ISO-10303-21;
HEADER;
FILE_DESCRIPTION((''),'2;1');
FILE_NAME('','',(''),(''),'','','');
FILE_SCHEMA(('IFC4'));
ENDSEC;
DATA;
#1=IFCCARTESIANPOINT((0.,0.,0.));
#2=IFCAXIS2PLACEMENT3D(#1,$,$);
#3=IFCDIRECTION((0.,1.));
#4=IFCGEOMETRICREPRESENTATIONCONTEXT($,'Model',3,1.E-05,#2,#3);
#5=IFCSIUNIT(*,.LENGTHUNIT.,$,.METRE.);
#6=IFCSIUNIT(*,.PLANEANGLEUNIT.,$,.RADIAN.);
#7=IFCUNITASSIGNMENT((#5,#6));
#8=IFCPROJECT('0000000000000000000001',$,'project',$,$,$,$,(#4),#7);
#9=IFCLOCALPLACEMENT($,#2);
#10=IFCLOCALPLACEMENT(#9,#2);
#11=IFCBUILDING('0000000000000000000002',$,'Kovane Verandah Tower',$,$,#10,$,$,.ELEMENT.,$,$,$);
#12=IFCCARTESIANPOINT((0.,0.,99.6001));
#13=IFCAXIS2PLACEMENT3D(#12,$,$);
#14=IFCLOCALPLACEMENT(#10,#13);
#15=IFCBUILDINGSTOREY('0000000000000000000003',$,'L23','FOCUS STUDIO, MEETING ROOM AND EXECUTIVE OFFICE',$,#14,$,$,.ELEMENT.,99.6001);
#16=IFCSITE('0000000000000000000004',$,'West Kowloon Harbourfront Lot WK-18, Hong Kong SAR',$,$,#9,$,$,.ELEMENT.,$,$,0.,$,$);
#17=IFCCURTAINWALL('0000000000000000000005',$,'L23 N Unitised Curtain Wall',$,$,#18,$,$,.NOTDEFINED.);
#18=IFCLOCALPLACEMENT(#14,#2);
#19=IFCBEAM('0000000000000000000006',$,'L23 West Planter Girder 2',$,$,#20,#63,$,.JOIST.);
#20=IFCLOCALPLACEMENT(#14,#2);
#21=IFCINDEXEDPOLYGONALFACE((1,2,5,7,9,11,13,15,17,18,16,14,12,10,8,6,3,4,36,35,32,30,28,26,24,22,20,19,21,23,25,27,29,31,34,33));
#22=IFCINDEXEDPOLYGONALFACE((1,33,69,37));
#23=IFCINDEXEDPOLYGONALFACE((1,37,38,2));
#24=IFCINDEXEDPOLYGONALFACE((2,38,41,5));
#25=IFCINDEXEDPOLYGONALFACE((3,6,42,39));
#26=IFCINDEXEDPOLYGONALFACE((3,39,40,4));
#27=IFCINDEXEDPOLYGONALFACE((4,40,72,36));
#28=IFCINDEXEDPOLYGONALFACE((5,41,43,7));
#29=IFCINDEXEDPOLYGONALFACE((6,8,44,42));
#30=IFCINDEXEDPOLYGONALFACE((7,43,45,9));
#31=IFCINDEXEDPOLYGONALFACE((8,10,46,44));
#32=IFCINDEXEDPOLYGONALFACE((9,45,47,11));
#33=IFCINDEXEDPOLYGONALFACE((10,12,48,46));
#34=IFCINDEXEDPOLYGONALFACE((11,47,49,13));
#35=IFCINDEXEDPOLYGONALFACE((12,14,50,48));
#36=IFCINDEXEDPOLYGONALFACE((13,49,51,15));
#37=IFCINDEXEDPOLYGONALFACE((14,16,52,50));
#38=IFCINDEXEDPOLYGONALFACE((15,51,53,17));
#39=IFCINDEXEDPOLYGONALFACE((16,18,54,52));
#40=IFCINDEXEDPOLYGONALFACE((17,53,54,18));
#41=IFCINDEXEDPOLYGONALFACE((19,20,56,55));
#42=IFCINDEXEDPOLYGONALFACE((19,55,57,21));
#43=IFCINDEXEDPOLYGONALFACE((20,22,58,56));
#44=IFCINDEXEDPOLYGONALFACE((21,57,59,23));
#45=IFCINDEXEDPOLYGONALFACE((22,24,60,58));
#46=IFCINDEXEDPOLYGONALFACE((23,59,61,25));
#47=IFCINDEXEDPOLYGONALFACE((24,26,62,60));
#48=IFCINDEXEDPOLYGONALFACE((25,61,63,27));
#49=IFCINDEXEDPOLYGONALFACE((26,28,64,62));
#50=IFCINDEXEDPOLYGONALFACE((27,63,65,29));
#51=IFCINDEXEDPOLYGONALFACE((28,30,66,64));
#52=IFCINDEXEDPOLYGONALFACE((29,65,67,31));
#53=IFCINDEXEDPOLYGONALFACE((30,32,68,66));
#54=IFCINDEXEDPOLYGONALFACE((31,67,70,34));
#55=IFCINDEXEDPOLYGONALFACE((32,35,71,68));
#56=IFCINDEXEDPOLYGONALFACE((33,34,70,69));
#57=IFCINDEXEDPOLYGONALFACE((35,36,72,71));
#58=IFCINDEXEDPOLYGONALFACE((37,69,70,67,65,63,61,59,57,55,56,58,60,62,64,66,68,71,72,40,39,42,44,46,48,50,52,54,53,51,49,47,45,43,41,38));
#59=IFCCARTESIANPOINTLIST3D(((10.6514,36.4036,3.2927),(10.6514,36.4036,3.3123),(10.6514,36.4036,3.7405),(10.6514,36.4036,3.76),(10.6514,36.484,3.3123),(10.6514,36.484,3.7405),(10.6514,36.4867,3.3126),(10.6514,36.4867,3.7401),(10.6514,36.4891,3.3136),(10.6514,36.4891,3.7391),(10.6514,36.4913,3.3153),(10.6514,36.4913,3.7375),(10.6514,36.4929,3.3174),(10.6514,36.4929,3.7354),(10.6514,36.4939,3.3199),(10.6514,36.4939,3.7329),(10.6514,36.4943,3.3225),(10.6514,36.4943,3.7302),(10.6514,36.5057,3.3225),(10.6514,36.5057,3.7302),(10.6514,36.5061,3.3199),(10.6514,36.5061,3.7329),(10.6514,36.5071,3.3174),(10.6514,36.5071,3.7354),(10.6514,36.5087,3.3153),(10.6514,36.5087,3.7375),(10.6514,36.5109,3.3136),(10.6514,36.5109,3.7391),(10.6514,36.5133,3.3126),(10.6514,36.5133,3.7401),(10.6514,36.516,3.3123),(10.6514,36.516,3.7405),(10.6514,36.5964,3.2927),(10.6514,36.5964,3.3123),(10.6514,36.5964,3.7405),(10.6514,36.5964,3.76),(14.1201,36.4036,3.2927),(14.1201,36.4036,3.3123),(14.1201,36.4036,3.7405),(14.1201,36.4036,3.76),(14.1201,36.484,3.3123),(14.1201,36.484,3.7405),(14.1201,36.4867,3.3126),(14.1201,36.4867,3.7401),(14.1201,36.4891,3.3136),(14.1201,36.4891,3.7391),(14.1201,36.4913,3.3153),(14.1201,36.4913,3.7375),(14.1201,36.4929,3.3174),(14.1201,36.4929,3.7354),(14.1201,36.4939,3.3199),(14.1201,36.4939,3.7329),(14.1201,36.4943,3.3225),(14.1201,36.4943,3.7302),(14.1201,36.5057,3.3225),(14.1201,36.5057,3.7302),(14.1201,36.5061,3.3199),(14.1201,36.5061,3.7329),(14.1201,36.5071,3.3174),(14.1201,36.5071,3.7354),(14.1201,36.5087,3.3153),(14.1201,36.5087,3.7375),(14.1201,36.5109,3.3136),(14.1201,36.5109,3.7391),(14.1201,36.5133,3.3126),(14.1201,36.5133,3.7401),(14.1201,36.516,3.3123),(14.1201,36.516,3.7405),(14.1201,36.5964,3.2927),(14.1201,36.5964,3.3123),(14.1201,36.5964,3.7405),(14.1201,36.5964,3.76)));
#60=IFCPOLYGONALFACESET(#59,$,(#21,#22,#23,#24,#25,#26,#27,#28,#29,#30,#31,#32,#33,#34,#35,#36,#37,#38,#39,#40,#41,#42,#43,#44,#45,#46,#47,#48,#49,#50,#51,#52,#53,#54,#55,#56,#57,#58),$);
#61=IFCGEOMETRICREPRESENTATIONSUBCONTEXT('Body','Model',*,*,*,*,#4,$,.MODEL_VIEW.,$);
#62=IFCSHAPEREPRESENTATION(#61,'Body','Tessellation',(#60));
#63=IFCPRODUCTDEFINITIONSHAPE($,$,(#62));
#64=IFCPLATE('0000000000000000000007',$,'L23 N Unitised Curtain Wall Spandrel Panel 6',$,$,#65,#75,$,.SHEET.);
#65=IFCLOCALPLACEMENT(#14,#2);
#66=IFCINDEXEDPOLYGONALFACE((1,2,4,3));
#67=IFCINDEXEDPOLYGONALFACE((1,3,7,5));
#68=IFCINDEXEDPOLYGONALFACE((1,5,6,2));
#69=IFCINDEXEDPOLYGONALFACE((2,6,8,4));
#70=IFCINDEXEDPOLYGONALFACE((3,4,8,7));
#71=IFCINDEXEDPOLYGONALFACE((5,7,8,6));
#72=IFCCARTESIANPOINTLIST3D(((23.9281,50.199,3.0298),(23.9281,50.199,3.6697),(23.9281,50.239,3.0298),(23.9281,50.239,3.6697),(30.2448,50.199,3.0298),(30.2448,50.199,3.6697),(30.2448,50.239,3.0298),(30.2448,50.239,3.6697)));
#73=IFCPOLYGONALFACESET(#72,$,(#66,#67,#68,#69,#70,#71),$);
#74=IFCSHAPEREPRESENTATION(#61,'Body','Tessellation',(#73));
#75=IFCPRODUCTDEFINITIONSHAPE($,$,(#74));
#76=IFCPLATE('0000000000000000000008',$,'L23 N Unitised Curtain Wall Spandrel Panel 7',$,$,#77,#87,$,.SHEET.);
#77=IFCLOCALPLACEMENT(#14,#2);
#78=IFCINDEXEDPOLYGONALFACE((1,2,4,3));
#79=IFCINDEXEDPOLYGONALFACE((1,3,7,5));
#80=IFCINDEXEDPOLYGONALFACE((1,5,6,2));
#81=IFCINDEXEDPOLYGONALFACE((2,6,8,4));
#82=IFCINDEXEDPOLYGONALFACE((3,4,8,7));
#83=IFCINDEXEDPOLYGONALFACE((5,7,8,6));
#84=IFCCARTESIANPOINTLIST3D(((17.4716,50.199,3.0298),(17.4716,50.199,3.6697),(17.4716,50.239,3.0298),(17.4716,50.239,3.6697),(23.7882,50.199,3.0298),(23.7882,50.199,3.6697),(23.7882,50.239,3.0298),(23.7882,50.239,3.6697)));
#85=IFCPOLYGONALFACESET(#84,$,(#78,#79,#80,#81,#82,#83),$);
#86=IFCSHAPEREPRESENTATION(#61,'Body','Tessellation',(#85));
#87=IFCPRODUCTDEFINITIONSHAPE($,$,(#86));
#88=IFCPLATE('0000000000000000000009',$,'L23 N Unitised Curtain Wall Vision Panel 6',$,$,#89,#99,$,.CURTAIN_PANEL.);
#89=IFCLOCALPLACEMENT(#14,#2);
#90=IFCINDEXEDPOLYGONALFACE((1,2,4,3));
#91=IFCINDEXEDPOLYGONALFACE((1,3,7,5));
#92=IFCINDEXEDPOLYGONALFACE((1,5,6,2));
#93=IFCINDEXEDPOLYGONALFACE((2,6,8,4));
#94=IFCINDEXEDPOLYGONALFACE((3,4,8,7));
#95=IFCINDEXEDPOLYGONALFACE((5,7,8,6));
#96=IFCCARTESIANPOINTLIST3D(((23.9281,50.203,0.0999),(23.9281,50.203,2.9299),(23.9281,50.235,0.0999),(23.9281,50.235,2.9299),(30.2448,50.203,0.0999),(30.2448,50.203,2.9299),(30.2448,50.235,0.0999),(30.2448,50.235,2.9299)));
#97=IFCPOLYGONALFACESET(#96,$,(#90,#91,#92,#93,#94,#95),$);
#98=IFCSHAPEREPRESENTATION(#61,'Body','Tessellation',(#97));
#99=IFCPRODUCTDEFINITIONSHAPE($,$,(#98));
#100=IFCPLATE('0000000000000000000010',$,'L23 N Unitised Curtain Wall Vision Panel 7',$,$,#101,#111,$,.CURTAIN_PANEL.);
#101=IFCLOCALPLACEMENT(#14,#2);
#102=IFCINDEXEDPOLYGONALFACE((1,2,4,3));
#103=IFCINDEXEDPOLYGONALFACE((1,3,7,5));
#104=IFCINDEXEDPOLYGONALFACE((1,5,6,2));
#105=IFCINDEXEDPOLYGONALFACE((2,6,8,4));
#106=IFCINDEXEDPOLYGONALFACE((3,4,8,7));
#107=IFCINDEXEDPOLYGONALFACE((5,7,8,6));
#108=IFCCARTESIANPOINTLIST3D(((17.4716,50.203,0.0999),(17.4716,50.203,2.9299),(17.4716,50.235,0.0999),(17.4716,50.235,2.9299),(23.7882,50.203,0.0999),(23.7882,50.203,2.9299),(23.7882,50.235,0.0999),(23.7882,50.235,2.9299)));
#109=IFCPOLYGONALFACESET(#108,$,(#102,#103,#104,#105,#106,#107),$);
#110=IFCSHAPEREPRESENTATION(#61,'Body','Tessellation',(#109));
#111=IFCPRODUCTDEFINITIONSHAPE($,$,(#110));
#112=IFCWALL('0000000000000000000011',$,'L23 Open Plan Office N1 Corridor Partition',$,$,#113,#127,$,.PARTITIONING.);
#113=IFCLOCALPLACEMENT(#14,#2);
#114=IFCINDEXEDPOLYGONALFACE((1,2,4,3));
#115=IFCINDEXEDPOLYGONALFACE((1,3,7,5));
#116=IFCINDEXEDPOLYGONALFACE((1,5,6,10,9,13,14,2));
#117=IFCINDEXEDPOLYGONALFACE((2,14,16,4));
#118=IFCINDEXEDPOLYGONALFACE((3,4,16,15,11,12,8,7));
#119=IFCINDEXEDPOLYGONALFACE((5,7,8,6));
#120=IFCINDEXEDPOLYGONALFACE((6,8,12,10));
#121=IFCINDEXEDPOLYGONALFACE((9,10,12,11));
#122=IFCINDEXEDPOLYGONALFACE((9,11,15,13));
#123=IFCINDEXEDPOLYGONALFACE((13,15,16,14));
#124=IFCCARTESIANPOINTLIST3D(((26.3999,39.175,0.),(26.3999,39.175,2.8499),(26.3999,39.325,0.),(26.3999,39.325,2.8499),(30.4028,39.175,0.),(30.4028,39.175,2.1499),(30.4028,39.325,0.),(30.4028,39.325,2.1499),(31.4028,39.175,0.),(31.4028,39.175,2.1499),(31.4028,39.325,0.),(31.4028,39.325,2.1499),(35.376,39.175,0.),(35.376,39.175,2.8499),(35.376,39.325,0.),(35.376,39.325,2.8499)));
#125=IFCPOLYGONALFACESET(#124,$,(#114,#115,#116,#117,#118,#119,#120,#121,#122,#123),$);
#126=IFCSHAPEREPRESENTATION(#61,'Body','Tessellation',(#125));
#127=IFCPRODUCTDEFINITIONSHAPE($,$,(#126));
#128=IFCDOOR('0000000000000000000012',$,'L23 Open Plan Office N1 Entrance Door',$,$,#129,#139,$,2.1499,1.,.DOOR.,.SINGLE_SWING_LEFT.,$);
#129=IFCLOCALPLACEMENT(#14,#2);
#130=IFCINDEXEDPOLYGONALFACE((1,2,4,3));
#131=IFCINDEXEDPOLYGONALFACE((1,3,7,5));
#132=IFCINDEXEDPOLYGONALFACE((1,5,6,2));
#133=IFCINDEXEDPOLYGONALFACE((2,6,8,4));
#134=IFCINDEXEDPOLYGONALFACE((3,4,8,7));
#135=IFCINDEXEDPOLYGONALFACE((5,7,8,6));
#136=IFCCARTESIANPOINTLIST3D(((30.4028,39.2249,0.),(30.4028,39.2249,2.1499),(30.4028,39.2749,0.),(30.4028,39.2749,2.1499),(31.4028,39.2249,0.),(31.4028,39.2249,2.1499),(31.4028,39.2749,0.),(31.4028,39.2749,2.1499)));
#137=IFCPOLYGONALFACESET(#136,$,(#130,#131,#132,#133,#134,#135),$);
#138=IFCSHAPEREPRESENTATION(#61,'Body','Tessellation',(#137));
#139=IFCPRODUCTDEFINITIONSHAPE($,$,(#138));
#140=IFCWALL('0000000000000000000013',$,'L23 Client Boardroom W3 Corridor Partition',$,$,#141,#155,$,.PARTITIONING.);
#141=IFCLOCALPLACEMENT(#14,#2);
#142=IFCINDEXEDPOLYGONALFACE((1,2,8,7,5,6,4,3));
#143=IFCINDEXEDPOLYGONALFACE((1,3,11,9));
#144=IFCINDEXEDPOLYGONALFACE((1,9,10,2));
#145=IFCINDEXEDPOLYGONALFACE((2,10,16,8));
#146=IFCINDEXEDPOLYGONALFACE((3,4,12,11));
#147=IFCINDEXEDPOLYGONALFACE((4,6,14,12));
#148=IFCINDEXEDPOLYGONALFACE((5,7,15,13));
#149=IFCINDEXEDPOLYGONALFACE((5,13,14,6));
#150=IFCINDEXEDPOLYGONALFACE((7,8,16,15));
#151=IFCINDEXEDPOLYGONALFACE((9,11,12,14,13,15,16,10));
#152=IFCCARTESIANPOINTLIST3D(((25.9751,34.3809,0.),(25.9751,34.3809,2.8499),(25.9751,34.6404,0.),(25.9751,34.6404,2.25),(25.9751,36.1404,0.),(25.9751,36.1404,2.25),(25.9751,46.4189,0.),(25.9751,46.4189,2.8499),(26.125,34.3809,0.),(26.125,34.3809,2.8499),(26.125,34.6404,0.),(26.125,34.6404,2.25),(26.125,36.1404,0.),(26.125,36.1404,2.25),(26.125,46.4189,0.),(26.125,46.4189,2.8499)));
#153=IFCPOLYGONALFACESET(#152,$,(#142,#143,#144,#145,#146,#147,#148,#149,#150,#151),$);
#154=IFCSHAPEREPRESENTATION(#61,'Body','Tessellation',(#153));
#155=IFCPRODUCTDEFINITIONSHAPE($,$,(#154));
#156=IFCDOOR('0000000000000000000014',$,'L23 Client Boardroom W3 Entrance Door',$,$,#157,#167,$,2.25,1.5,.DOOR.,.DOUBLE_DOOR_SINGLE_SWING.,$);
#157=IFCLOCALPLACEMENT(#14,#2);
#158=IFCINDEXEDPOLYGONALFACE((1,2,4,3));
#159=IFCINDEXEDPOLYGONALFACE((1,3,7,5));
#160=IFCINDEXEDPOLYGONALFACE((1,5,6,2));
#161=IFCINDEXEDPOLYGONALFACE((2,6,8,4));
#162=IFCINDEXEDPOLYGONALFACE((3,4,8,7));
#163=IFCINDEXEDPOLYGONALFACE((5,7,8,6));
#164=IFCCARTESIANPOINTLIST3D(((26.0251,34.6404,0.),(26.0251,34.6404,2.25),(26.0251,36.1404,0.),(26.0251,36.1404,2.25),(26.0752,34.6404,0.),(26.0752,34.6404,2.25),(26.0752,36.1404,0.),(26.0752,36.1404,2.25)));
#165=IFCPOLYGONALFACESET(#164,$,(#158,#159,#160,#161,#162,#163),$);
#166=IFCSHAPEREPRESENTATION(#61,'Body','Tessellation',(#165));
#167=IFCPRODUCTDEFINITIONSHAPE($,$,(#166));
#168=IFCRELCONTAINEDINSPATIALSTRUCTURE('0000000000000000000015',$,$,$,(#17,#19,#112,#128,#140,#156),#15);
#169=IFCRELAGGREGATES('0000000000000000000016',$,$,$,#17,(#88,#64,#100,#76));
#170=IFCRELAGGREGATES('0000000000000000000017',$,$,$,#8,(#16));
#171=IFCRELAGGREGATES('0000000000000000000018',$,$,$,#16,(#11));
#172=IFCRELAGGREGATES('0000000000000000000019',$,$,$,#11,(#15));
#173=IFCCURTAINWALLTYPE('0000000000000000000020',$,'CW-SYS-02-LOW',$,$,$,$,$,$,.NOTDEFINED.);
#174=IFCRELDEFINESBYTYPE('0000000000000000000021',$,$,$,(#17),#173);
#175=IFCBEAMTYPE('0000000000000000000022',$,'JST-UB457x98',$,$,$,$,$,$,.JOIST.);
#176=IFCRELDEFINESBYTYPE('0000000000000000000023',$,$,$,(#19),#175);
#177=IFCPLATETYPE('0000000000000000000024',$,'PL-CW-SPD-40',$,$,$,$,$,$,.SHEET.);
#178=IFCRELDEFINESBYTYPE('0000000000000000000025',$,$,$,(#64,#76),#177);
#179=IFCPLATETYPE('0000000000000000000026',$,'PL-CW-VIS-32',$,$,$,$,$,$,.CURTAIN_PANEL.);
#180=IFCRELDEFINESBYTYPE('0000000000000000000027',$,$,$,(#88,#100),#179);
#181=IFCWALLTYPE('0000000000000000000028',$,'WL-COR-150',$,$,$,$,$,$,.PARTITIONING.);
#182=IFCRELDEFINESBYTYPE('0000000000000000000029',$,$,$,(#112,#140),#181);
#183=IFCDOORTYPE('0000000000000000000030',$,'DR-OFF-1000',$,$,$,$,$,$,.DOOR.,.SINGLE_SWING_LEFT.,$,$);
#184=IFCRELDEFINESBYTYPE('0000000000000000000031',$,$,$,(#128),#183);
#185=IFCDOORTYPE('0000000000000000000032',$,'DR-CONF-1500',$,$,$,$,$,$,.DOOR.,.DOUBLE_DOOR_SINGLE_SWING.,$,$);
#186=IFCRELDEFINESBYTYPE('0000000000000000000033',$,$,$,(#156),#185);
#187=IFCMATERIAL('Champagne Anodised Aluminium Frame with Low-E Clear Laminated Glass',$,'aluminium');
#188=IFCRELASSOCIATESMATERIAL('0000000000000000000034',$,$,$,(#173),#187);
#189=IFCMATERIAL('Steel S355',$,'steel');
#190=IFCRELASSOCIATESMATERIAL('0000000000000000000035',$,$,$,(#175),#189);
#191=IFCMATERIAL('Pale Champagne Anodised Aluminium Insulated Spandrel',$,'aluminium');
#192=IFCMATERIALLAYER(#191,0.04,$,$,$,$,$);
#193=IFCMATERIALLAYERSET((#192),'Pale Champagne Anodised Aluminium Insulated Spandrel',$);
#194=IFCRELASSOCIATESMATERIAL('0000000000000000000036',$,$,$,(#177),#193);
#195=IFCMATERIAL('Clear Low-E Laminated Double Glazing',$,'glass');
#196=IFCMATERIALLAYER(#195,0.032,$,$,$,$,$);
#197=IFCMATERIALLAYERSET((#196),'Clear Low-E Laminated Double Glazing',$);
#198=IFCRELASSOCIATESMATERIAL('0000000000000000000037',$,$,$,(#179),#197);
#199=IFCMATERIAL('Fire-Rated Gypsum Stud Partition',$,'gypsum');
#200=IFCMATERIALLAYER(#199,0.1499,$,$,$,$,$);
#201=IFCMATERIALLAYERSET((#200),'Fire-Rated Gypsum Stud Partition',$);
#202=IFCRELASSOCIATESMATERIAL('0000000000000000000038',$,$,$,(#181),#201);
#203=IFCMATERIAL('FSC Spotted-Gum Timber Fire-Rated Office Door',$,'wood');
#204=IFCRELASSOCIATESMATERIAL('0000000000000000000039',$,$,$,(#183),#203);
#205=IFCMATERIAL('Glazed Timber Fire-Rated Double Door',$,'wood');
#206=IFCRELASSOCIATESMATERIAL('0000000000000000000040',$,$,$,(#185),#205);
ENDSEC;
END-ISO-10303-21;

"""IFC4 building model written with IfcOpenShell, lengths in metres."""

from ifc_helpers import new_model, si_unit, direction, frame, frame_2d, origin, origin_2d, place, context, subcontext, project, spatial, rectangle, i_section, extrude, material, layer, layer_set, material_profile, profile_set, type_object, element, fill, aggregate, save


model = new_model("IFC4")

# Units and contexts
model_context = context("Model", 3, precision=1e-05, world=origin(), true_north=direction((0.0, 1.0)))
body_context = subcontext(model_context, "Body", "Model", "MODEL_VIEW")
ifc_project = project(units=[si_unit("LENGTHUNIT", "METRE"), si_unit("PLANEANGLEUNIT", "RADIAN")], contexts=[model_context])

# Site, building, storey
site_placement = place(None, origin())
site = spatial("IfcSite", under=ifc_project, at=site_placement, Name="West Kowloon Harbourfront Lot WK-18, Hong Kong SAR", CompositionType="ELEMENT", RefElevation=0.0)
building_placement = place(site_placement, origin())
building = spatial("IfcBuilding", under=site, at=building_placement, Name="Kovane Verandah Tower", CompositionType="ELEMENT")
storey_placement = place(building_placement, frame((0.0, 0.0, 99.6001)))
storey = spatial("IfcBuildingStorey", under=building, at=storey_placement, Name="L23", Description="FOCUS STUDIO, MEETING ROOM AND EXECUTIVE OFFICE", CompositionType="ELEMENT", Elevation=99.6001)

# Shared definitions
ifc_material_1 = material(Name="Steel S355", Category="steel")

# Curtain wall
ifc_material_2 = material(Name="Champagne Anodised Aluminium Frame with Low-E Clear Laminated Glass", Category="aluminium")
curtain_wall_type = type_object("IfcCurtainWallType", Name="CW-SYS-02-LOW", PredefinedType="NOTDEFINED", material=ifc_material_2)
curtain_wall_placement = place(storey_placement, origin())
curtain_wall = element("IfcCurtainWall", 1, at=curtain_wall_placement, inside=storey, type_object=curtain_wall_type, Name="L23 N Unitised Curtain Wall", PredefinedType="NOTDEFINED")

# Beam
ifc_material_profile_1 = material_profile(ifc_material_1, i_section(OverallWidth=0.1929, OverallDepth=0.4673, WebThickness=0.0115, FlangeThickness=0.0195, FilletRadius=0.0103, at=origin_2d()), Name="UB457x191x98")
ifc_profile_set_1 = profile_set([ifc_material_profile_1], Name="Steel S355")
beam_type_1 = type_object("IfcBeamType", Name="JST-UB457x98", PredefinedType="JOIST", material=ifc_profile_set_1)
beam_1_placement = place(storey_placement, frame((14.1201, 36.5, 3.5264), z_axis=(-1.0, 0.0, 0.0), x_axis=(0.0, -1.0, 0.0)))
element("IfcBeam", 2, at=beam_1_placement, inside=storey, type_object=beam_type_1, Name="L23 West Planter Girder 2", PredefinedType="JOIST", context=body_context, shape_type="SweptSolid", body=[
    extrude(i_section(OverallWidth=0.1929, OverallDepth=0.4673, WebThickness=0.0115, FlangeThickness=0.0195, FilletRadius=0.0103, at=origin_2d()), origin(), (0.0, 0.0, 1.0), 3.4688),
])

# Plates
ifc_material_3 = material(Name="Pale Champagne Anodised Aluminium Insulated Spandrel", Category="aluminium")
ifc_layer_1 = layer(ifc_material_3, 0.04)
ifc_layer_set_1 = layer_set([ifc_layer_1], Name="Pale Champagne Anodised Aluminium Insulated Spandrel")
plate_type_1 = type_object("IfcPlateType", Name="PL-CW-SPD-40", PredefinedType="SHEET", material=ifc_layer_set_1)
plate_1_placement = place(storey_placement, frame((27.0864, 50.219, 3.0298), z_axis=(0.0, 0.0, 1.0), x_axis=(-1.0, 0.0, 0.0)))
plate_1 = element("IfcPlate", 3, at=plate_1_placement, type_object=plate_type_1, Name="L23 N Unitised Curtain Wall Spandrel Panel 6", PredefinedType="SHEET", context=body_context, shape_type="SweptSolid", body=[
    extrude(rectangle(XDim=6.3167, YDim=0.04, at=origin_2d()), origin(), (0.0, 0.0, 1.0), 0.6399),
])
plate_2_placement = place(storey_placement, frame((20.6299, 50.219, 3.0298), z_axis=(0.0, 0.0, 1.0), x_axis=(-1.0, 0.0, 0.0)))
plate_2 = element("IfcPlate", 4, at=plate_2_placement, type_object=plate_type_1, Name="L23 N Unitised Curtain Wall Spandrel Panel 7", PredefinedType="SHEET", context=body_context, shape_type="SweptSolid", body=[
    extrude(rectangle(XDim=6.3167, YDim=0.04, at=origin_2d()), origin(), (0.0, 0.0, 1.0), 0.6399),
])
ifc_material_4 = material(Name="Clear Low-E Laminated Double Glazing", Category="glass")
ifc_layer_2 = layer(ifc_material_4, 0.032)
ifc_layer_set_2 = layer_set([ifc_layer_2], Name="Clear Low-E Laminated Double Glazing")
plate_type_2 = type_object("IfcPlateType", Name="PL-CW-VIS-32", PredefinedType="CURTAIN_PANEL", material=ifc_layer_set_2)
plate_3_placement = place(storey_placement, frame((27.0864, 50.219, 0.0999), z_axis=(0.0, 0.0, 1.0), x_axis=(-1.0, 0.0, 0.0)))
plate_3 = element("IfcPlate", 5, at=plate_3_placement, type_object=plate_type_2, Name="L23 N Unitised Curtain Wall Vision Panel 6", PredefinedType="CURTAIN_PANEL", context=body_context, shape_type="SweptSolid", body=[
    extrude(rectangle(XDim=6.3167, YDim=0.032, at=origin_2d()), origin(), (0.0, 0.0, 1.0), 2.8301),
])
plate_4_placement = place(storey_placement, frame((20.6299, 50.219, 0.0999), z_axis=(0.0, 0.0, 1.0), x_axis=(-1.0, 0.0, 0.0)))
plate_4 = element("IfcPlate", 6, at=plate_4_placement, type_object=plate_type_2, Name="L23 N Unitised Curtain Wall Vision Panel 7", PredefinedType="CURTAIN_PANEL", context=body_context, shape_type="SweptSolid", body=[
    extrude(rectangle(XDim=6.3167, YDim=0.032, at=origin_2d()), origin(), (0.0, 0.0, 1.0), 2.8301),
])
aggregate(curtain_wall, [plate_3, plate_1, plate_4, plate_2])

# Walls, openings, doors
ifc_material_5 = material(Name="Fire-Rated Gypsum Stud Partition", Category="gypsum")
ifc_layer_3 = layer(ifc_material_5, 0.1499)
ifc_layer_set_3 = layer_set([ifc_layer_3], Name="Fire-Rated Gypsum Stud Partition")
wall_type_1 = type_object("IfcWallType", Name="WL-COR-150", PredefinedType="PARTITIONING", material=ifc_layer_set_3)
wall_1_placement = place(storey_placement, frame((26.3999, 39.25, 0.0), z_axis=(0.0, 0.0, 1.0), x_axis=(1.0, 0.0, 0.0)))
wall_1 = element("IfcWall", 7, at=wall_1_placement, inside=storey, type_object=wall_type_1, Name="L23 Open Plan Office N1 Corridor Partition", PredefinedType="PARTITIONING", context=body_context, shape_type="SweptSolid", body=[
    extrude(rectangle(XDim=8.9761, YDim=0.1499, at=frame_2d((4.488, 0.0))), origin(), (0.0, 0.0, 1.0), 2.8499),
])
opening_1_placement = place(wall_1_placement, frame((4.0029, 0.0, 0.0)))
opening_1 = element("IfcOpeningElement", 8, at=opening_1_placement, cuts=wall_1, PredefinedType="OPENING", context=body_context, shape_type="SweptSolid", body=[
    extrude(rectangle(XDim=1.0, YDim=2.1499, at=frame_2d((0.5, 1.075))), frame((0.0, 0.075, 0.0), z_axis=(0.0, -1.0, 0.0), x_axis=(1.0, 0.0, 0.0)), (0.0, 0.0, 1.0), 0.1499),
])
ifc_material_6 = material(Name="FSC Spotted-Gum Timber Fire-Rated Office Door", Category="wood")
door_type_1 = type_object("IfcDoorType", Name="DR-OFF-1000", OperationType="SINGLE_SWING_LEFT", PredefinedType="DOOR", material=ifc_material_6)
door_1_placement = place(opening_1_placement, origin())
door_1 = element("IfcDoor", 9, at=door_1_placement, inside=storey, type_object=door_type_1, Name="L23 Open Plan Office N1 Entrance Door", OperationType="SINGLE_SWING_LEFT", OverallHeight=2.1499, OverallWidth=1.0, PredefinedType="DOOR", context=body_context, shape_type="SweptSolid", body=[
    extrude(rectangle(XDim=1.0, YDim=2.1499, at=frame_2d((0.5, 1.075))), frame((0.0, 0.0249, 0.0), z_axis=(0.0, -1.0, 0.0), x_axis=(1.0, 0.0, 0.0)), (0.0, 0.0, 1.0), 0.05),
])
fill(opening_1, door_1)
wall_2_placement = place(storey_placement, frame((26.05, 34.3809, 0.0), z_axis=(0.0, 0.0, 1.0), x_axis=(0.0, 1.0, 0.0)))
wall_2 = element("IfcWall", 10, at=wall_2_placement, inside=storey, type_object=wall_type_1, Name="L23 Client Boardroom W3 Corridor Partition", PredefinedType="PARTITIONING", context=body_context, shape_type="SweptSolid", body=[
    extrude(rectangle(XDim=12.0381, YDim=0.1499, at=frame_2d((6.019, 0.0))), origin(), (0.0, 0.0, 1.0), 2.8499),
])
opening_2_placement = place(wall_2_placement, frame((0.2595, 0.0, 0.0)))
opening_2 = element("IfcOpeningElement", 11, at=opening_2_placement, cuts=wall_2, PredefinedType="OPENING", context=body_context, shape_type="SweptSolid", body=[
    extrude(rectangle(XDim=1.5, YDim=2.25, at=frame_2d((0.75, 1.125))), frame((0.0, 0.075, 0.0), z_axis=(0.0, -1.0, 0.0), x_axis=(1.0, 0.0, 0.0)), (0.0, 0.0, 1.0), 0.1499),
])
ifc_material_7 = material(Name="Glazed Timber Fire-Rated Double Door", Category="wood")
door_type_2 = type_object("IfcDoorType", Name="DR-CONF-1500", OperationType="DOUBLE_DOOR_SINGLE_SWING", PredefinedType="DOOR", material=ifc_material_7)
door_2_placement = place(opening_2_placement, origin())
door_2 = element("IfcDoor", 12, at=door_2_placement, inside=storey, type_object=door_type_2, Name="L23 Client Boardroom W3 Entrance Door", OperationType="DOUBLE_DOOR_SINGLE_SWING", OverallHeight=2.25, OverallWidth=1.5, PredefinedType="DOOR", context=body_context, shape_type="SweptSolid", body=[
    extrude(rectangle(XDim=1.5, YDim=2.25, at=frame_2d((0.75, 1.125))), frame((0.0, 0.0249, 0.0), z_axis=(0.0, -1.0, 0.0), x_axis=(1.0, 0.0, 0.0)), (0.0, 0.0, 1.0), 0.05),
])
fill(opening_2, door_2)

save(model, "model.ifc")
